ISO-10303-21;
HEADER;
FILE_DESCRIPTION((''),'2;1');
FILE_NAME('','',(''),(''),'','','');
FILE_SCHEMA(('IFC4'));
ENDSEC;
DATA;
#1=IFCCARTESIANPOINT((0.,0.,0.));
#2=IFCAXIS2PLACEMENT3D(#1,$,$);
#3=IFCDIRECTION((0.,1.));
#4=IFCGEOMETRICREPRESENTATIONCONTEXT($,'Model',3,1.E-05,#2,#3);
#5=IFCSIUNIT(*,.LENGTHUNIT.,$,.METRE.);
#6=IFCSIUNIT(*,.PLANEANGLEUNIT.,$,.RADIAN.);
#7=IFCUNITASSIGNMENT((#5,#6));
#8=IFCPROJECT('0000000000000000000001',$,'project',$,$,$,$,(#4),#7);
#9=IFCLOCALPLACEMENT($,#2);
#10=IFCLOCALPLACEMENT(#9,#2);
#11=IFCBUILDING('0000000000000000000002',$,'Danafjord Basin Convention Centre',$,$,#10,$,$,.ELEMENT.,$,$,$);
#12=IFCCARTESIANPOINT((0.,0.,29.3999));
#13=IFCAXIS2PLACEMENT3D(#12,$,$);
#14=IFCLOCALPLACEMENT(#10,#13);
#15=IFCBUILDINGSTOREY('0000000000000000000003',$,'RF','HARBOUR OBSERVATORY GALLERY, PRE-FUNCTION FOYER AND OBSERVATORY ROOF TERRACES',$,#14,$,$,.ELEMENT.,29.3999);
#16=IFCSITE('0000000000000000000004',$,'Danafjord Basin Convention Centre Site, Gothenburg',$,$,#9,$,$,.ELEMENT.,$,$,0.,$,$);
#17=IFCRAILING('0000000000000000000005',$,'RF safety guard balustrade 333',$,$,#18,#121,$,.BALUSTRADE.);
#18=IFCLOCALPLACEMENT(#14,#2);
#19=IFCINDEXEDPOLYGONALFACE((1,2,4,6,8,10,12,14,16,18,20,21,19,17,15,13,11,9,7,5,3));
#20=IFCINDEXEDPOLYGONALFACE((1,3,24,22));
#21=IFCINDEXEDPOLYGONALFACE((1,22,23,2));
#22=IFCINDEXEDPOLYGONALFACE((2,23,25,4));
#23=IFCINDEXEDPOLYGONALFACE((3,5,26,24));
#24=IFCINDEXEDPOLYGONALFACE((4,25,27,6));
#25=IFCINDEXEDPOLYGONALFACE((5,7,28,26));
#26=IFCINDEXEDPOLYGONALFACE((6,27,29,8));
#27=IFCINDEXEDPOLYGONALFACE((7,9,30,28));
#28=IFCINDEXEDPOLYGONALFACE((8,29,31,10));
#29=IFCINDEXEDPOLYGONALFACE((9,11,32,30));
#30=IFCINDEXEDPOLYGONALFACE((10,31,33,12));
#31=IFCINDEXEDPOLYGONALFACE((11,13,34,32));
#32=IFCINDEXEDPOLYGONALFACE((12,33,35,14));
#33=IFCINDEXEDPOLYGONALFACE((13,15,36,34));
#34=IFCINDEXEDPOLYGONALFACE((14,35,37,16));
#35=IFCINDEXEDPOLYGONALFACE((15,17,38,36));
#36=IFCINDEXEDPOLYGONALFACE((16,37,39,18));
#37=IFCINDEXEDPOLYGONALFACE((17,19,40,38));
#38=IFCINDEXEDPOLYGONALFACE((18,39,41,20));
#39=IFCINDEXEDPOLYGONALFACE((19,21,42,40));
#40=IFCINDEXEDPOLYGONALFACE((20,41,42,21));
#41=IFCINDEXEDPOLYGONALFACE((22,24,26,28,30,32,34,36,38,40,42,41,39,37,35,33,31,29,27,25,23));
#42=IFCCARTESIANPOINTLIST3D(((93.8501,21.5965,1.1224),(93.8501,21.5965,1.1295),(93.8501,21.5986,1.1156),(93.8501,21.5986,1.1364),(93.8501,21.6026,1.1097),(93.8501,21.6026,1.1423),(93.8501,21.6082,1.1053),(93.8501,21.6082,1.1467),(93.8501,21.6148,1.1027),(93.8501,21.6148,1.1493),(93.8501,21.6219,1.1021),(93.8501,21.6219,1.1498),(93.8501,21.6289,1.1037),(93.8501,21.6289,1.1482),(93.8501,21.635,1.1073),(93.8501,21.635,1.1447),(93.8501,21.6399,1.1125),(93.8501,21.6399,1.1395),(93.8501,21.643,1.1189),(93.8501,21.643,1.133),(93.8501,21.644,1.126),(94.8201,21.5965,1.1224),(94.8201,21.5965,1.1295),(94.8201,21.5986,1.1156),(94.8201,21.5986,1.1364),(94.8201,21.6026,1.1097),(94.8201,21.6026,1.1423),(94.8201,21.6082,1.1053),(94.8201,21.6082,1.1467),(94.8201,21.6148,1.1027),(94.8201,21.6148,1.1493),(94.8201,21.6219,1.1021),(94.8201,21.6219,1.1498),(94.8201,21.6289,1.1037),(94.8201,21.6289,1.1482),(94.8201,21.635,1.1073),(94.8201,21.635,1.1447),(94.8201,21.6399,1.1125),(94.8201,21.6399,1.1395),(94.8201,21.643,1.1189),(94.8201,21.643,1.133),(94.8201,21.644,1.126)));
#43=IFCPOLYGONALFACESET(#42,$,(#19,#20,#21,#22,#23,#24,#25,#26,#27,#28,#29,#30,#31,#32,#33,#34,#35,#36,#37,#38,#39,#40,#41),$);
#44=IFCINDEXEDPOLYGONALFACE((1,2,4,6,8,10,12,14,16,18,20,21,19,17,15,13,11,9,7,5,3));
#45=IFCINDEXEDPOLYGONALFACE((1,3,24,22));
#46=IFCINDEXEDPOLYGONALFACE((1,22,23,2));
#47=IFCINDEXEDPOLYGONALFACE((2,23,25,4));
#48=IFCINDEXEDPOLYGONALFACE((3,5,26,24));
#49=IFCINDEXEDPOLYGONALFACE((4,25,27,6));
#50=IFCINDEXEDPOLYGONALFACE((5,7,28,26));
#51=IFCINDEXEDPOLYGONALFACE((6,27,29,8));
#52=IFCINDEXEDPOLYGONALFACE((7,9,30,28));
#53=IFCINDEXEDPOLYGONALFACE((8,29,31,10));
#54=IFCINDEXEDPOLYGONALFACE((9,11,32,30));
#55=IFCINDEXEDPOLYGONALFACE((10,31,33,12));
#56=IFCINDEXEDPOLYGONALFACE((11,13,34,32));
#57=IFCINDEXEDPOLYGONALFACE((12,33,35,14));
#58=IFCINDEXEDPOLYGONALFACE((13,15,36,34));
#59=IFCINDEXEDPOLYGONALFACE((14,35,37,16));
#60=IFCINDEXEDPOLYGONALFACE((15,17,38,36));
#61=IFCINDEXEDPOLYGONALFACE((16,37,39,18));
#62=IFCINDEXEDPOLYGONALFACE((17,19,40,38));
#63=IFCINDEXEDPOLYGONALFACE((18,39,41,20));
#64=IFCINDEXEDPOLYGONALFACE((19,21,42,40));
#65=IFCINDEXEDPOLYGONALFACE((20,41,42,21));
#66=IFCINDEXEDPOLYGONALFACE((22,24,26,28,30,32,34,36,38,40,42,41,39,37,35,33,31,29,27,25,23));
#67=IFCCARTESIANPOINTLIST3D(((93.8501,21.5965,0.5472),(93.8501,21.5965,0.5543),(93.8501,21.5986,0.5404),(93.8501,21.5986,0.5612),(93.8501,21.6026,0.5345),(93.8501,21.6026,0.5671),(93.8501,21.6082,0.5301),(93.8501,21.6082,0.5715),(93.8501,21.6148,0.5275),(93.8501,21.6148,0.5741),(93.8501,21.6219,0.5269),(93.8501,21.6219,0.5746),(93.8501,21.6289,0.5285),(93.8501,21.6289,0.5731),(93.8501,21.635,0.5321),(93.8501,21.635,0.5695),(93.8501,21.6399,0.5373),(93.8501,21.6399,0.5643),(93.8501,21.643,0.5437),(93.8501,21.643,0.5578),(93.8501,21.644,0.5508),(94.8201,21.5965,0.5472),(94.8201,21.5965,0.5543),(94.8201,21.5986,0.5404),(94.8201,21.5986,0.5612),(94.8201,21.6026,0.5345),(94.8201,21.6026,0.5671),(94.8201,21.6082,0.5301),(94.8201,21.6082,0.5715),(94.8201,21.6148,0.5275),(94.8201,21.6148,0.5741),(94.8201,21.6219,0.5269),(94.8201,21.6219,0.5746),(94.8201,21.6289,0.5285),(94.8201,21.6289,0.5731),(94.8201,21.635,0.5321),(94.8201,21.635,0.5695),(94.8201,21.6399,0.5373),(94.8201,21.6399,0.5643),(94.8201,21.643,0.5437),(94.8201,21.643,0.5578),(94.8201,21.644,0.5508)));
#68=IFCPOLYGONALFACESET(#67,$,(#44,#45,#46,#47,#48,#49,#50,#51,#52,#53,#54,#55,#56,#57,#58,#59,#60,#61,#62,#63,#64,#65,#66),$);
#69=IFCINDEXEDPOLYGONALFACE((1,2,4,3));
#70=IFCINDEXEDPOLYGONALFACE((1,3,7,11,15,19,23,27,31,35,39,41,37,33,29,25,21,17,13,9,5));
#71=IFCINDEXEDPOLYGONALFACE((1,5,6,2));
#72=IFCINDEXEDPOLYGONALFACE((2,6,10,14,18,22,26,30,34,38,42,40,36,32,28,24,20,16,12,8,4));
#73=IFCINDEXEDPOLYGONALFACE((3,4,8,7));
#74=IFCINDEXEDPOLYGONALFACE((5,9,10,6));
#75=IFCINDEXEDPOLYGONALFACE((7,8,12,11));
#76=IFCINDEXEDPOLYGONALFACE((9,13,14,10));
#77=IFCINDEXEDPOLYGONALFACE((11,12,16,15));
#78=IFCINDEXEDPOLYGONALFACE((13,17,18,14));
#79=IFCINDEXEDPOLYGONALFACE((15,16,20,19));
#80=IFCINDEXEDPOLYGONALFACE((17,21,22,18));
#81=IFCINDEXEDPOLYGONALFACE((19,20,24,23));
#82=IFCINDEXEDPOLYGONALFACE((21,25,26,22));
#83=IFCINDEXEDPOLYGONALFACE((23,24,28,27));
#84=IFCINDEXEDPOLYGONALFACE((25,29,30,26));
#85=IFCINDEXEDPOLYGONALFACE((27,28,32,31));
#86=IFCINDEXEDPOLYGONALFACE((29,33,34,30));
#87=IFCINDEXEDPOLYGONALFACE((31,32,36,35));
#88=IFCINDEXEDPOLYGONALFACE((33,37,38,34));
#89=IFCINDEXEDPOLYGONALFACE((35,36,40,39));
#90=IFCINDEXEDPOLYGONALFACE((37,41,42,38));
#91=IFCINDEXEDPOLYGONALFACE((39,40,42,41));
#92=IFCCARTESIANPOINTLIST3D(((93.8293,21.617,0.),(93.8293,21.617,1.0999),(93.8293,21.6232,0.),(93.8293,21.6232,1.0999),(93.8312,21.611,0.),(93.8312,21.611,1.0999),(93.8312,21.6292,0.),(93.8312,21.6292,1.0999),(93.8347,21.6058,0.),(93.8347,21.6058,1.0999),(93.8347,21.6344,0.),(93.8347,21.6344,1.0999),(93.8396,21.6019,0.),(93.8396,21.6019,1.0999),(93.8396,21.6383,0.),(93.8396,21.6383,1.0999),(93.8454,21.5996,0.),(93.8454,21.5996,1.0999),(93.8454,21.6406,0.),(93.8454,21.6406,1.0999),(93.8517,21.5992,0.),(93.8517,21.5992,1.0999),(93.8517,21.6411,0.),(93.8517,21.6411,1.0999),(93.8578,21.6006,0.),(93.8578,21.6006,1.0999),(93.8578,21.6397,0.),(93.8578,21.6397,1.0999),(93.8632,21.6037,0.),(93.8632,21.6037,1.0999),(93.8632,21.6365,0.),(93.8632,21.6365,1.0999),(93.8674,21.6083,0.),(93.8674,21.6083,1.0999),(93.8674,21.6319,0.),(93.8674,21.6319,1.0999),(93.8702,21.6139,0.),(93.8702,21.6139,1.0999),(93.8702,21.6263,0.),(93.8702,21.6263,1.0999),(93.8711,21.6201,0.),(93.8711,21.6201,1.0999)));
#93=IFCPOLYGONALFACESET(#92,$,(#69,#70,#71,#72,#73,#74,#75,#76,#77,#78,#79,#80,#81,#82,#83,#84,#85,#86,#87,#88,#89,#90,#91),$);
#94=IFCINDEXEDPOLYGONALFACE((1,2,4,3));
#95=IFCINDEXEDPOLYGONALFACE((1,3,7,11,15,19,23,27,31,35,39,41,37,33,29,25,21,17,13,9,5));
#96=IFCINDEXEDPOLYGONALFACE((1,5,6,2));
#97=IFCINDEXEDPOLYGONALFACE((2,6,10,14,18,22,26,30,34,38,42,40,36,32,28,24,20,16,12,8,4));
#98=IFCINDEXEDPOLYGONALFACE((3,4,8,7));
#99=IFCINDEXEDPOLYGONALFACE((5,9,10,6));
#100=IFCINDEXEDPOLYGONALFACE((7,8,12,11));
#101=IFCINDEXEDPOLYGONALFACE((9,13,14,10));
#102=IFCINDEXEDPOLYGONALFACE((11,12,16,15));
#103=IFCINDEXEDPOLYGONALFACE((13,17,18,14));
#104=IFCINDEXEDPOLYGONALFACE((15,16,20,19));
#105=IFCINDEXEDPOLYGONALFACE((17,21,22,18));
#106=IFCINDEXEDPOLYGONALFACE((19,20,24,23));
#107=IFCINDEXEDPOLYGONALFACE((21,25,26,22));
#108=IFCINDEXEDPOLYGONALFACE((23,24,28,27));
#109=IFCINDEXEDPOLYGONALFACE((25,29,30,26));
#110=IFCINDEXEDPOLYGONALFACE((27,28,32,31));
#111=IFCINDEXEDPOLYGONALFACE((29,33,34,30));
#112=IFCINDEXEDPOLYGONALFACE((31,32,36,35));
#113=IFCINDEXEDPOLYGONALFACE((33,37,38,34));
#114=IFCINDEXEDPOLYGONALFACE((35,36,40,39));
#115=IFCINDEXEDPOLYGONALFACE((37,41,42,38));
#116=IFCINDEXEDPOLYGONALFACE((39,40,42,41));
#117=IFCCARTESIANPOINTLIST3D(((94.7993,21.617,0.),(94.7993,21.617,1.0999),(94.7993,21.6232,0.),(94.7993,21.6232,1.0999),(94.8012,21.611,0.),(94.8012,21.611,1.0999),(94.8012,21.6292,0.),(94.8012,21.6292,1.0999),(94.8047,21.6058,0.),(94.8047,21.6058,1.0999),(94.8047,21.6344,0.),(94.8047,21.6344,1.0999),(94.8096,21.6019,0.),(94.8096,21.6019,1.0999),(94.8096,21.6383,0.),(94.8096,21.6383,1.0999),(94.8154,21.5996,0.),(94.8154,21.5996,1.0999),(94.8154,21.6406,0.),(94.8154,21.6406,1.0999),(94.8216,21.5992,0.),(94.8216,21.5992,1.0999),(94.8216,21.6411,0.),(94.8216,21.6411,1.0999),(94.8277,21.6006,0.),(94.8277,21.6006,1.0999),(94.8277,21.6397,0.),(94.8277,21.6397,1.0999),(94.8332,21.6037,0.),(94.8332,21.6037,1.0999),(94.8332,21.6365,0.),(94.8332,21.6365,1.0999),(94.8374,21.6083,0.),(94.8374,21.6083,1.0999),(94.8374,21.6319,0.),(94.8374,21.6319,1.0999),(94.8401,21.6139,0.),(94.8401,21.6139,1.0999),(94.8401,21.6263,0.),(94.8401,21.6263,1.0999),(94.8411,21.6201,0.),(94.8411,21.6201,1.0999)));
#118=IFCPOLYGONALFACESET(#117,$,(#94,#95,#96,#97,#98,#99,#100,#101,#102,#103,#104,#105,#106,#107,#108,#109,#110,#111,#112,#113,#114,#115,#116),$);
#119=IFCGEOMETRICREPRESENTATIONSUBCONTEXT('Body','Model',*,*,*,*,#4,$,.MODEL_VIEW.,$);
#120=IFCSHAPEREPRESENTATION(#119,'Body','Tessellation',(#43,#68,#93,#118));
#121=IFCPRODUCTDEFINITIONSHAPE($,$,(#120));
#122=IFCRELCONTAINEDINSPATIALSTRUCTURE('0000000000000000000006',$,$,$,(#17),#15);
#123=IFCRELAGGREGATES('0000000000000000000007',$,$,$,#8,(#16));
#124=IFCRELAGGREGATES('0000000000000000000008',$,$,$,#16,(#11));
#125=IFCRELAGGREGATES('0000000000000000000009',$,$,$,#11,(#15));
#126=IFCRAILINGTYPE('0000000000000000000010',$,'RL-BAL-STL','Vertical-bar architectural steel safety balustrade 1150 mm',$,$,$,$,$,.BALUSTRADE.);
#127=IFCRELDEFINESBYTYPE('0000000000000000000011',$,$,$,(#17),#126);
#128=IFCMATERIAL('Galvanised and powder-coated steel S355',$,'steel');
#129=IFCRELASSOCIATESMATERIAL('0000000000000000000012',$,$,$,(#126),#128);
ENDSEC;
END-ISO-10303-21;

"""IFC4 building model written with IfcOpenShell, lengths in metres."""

from ifc_helpers import new_model, si_unit, direction, frame, origin, origin_2d, place, context, subcontext, project, spatial, circle, extrude, material, type_object, element, save


model = new_model("IFC4")

# Units and contexts
model_context = context("Model", 3, precision=1e-05, world=origin(), true_north=direction((0.0, 1.0)))
body_context = subcontext(model_context, "Body", "Model", "MODEL_VIEW")
ifc_project = project(units=[si_unit("LENGTHUNIT", "METRE"), si_unit("PLANEANGLEUNIT", "RADIAN")], contexts=[model_context])

# Site, building, storey
site_placement = place(None, origin())
site = spatial("IfcSite", under=ifc_project, at=site_placement, Name="Danafjord Basin Convention Centre Site, Gothenburg", CompositionType="ELEMENT", RefElevation=0.0)
building_placement = place(site_placement, origin())
building = spatial("IfcBuilding", under=site, at=building_placement, Name="Danafjord Basin Convention Centre", CompositionType="ELEMENT")
storey_placement = place(building_placement, frame((0.0, 0.0, 29.3999)))
storey = spatial("IfcBuildingStorey", under=building, at=storey_placement, Name="RF", Description="HARBOUR OBSERVATORY GALLERY, PRE-FUNCTION FOYER AND OBSERVATORY ROOF TERRACES", CompositionType="ELEMENT", Elevation=29.3999)

# Railing
ifc_material_1 = material(Name="Galvanised and powder-coated steel S355", Category="steel")
railing_type_1 = type_object("IfcRailingType", Name="RL-BAL-STL", Description="Vertical-bar architectural steel safety balustrade 1150 mm", PredefinedType="BALUSTRADE", material=ifc_material_1)
railing_1_placement = place(storey_placement, frame((93.8501, 21.6201, 0.0)))
element("IfcRailing", 1, at=railing_1_placement, inside=storey, type_object=railing_type_1, Name="RF safety guard balustrade 333", PredefinedType="BALUSTRADE", context=body_context, shape_type="SweptSolid", body=[
    extrude(circle(Radius=0.0239, at=origin_2d()), frame((0.0, 0.0, 1.126), z_axis=(1.0, 0.0, 0.0), x_axis=(0.0, 1.0, 0.0)), (0.0, 0.0, 1.0), 0.97),
    extrude(circle(Radius=0.0239, at=origin_2d()), frame((0.0, 0.0, 0.5508), z_axis=(1.0, 0.0, 0.0), x_axis=(0.0, 1.0, 0.0)), (0.0, 0.0, 1.0), 0.97),
    extrude(circle(Radius=0.021, at=origin_2d()), origin(), (0.0, 0.0, 1.0), 1.0999),
    extrude(circle(Radius=0.021, at=origin_2d()), frame((0.97, 0.0, 0.0)), (0.0, 0.0, 1.0), 1.0999),
])

save(model, "model.ifc")
